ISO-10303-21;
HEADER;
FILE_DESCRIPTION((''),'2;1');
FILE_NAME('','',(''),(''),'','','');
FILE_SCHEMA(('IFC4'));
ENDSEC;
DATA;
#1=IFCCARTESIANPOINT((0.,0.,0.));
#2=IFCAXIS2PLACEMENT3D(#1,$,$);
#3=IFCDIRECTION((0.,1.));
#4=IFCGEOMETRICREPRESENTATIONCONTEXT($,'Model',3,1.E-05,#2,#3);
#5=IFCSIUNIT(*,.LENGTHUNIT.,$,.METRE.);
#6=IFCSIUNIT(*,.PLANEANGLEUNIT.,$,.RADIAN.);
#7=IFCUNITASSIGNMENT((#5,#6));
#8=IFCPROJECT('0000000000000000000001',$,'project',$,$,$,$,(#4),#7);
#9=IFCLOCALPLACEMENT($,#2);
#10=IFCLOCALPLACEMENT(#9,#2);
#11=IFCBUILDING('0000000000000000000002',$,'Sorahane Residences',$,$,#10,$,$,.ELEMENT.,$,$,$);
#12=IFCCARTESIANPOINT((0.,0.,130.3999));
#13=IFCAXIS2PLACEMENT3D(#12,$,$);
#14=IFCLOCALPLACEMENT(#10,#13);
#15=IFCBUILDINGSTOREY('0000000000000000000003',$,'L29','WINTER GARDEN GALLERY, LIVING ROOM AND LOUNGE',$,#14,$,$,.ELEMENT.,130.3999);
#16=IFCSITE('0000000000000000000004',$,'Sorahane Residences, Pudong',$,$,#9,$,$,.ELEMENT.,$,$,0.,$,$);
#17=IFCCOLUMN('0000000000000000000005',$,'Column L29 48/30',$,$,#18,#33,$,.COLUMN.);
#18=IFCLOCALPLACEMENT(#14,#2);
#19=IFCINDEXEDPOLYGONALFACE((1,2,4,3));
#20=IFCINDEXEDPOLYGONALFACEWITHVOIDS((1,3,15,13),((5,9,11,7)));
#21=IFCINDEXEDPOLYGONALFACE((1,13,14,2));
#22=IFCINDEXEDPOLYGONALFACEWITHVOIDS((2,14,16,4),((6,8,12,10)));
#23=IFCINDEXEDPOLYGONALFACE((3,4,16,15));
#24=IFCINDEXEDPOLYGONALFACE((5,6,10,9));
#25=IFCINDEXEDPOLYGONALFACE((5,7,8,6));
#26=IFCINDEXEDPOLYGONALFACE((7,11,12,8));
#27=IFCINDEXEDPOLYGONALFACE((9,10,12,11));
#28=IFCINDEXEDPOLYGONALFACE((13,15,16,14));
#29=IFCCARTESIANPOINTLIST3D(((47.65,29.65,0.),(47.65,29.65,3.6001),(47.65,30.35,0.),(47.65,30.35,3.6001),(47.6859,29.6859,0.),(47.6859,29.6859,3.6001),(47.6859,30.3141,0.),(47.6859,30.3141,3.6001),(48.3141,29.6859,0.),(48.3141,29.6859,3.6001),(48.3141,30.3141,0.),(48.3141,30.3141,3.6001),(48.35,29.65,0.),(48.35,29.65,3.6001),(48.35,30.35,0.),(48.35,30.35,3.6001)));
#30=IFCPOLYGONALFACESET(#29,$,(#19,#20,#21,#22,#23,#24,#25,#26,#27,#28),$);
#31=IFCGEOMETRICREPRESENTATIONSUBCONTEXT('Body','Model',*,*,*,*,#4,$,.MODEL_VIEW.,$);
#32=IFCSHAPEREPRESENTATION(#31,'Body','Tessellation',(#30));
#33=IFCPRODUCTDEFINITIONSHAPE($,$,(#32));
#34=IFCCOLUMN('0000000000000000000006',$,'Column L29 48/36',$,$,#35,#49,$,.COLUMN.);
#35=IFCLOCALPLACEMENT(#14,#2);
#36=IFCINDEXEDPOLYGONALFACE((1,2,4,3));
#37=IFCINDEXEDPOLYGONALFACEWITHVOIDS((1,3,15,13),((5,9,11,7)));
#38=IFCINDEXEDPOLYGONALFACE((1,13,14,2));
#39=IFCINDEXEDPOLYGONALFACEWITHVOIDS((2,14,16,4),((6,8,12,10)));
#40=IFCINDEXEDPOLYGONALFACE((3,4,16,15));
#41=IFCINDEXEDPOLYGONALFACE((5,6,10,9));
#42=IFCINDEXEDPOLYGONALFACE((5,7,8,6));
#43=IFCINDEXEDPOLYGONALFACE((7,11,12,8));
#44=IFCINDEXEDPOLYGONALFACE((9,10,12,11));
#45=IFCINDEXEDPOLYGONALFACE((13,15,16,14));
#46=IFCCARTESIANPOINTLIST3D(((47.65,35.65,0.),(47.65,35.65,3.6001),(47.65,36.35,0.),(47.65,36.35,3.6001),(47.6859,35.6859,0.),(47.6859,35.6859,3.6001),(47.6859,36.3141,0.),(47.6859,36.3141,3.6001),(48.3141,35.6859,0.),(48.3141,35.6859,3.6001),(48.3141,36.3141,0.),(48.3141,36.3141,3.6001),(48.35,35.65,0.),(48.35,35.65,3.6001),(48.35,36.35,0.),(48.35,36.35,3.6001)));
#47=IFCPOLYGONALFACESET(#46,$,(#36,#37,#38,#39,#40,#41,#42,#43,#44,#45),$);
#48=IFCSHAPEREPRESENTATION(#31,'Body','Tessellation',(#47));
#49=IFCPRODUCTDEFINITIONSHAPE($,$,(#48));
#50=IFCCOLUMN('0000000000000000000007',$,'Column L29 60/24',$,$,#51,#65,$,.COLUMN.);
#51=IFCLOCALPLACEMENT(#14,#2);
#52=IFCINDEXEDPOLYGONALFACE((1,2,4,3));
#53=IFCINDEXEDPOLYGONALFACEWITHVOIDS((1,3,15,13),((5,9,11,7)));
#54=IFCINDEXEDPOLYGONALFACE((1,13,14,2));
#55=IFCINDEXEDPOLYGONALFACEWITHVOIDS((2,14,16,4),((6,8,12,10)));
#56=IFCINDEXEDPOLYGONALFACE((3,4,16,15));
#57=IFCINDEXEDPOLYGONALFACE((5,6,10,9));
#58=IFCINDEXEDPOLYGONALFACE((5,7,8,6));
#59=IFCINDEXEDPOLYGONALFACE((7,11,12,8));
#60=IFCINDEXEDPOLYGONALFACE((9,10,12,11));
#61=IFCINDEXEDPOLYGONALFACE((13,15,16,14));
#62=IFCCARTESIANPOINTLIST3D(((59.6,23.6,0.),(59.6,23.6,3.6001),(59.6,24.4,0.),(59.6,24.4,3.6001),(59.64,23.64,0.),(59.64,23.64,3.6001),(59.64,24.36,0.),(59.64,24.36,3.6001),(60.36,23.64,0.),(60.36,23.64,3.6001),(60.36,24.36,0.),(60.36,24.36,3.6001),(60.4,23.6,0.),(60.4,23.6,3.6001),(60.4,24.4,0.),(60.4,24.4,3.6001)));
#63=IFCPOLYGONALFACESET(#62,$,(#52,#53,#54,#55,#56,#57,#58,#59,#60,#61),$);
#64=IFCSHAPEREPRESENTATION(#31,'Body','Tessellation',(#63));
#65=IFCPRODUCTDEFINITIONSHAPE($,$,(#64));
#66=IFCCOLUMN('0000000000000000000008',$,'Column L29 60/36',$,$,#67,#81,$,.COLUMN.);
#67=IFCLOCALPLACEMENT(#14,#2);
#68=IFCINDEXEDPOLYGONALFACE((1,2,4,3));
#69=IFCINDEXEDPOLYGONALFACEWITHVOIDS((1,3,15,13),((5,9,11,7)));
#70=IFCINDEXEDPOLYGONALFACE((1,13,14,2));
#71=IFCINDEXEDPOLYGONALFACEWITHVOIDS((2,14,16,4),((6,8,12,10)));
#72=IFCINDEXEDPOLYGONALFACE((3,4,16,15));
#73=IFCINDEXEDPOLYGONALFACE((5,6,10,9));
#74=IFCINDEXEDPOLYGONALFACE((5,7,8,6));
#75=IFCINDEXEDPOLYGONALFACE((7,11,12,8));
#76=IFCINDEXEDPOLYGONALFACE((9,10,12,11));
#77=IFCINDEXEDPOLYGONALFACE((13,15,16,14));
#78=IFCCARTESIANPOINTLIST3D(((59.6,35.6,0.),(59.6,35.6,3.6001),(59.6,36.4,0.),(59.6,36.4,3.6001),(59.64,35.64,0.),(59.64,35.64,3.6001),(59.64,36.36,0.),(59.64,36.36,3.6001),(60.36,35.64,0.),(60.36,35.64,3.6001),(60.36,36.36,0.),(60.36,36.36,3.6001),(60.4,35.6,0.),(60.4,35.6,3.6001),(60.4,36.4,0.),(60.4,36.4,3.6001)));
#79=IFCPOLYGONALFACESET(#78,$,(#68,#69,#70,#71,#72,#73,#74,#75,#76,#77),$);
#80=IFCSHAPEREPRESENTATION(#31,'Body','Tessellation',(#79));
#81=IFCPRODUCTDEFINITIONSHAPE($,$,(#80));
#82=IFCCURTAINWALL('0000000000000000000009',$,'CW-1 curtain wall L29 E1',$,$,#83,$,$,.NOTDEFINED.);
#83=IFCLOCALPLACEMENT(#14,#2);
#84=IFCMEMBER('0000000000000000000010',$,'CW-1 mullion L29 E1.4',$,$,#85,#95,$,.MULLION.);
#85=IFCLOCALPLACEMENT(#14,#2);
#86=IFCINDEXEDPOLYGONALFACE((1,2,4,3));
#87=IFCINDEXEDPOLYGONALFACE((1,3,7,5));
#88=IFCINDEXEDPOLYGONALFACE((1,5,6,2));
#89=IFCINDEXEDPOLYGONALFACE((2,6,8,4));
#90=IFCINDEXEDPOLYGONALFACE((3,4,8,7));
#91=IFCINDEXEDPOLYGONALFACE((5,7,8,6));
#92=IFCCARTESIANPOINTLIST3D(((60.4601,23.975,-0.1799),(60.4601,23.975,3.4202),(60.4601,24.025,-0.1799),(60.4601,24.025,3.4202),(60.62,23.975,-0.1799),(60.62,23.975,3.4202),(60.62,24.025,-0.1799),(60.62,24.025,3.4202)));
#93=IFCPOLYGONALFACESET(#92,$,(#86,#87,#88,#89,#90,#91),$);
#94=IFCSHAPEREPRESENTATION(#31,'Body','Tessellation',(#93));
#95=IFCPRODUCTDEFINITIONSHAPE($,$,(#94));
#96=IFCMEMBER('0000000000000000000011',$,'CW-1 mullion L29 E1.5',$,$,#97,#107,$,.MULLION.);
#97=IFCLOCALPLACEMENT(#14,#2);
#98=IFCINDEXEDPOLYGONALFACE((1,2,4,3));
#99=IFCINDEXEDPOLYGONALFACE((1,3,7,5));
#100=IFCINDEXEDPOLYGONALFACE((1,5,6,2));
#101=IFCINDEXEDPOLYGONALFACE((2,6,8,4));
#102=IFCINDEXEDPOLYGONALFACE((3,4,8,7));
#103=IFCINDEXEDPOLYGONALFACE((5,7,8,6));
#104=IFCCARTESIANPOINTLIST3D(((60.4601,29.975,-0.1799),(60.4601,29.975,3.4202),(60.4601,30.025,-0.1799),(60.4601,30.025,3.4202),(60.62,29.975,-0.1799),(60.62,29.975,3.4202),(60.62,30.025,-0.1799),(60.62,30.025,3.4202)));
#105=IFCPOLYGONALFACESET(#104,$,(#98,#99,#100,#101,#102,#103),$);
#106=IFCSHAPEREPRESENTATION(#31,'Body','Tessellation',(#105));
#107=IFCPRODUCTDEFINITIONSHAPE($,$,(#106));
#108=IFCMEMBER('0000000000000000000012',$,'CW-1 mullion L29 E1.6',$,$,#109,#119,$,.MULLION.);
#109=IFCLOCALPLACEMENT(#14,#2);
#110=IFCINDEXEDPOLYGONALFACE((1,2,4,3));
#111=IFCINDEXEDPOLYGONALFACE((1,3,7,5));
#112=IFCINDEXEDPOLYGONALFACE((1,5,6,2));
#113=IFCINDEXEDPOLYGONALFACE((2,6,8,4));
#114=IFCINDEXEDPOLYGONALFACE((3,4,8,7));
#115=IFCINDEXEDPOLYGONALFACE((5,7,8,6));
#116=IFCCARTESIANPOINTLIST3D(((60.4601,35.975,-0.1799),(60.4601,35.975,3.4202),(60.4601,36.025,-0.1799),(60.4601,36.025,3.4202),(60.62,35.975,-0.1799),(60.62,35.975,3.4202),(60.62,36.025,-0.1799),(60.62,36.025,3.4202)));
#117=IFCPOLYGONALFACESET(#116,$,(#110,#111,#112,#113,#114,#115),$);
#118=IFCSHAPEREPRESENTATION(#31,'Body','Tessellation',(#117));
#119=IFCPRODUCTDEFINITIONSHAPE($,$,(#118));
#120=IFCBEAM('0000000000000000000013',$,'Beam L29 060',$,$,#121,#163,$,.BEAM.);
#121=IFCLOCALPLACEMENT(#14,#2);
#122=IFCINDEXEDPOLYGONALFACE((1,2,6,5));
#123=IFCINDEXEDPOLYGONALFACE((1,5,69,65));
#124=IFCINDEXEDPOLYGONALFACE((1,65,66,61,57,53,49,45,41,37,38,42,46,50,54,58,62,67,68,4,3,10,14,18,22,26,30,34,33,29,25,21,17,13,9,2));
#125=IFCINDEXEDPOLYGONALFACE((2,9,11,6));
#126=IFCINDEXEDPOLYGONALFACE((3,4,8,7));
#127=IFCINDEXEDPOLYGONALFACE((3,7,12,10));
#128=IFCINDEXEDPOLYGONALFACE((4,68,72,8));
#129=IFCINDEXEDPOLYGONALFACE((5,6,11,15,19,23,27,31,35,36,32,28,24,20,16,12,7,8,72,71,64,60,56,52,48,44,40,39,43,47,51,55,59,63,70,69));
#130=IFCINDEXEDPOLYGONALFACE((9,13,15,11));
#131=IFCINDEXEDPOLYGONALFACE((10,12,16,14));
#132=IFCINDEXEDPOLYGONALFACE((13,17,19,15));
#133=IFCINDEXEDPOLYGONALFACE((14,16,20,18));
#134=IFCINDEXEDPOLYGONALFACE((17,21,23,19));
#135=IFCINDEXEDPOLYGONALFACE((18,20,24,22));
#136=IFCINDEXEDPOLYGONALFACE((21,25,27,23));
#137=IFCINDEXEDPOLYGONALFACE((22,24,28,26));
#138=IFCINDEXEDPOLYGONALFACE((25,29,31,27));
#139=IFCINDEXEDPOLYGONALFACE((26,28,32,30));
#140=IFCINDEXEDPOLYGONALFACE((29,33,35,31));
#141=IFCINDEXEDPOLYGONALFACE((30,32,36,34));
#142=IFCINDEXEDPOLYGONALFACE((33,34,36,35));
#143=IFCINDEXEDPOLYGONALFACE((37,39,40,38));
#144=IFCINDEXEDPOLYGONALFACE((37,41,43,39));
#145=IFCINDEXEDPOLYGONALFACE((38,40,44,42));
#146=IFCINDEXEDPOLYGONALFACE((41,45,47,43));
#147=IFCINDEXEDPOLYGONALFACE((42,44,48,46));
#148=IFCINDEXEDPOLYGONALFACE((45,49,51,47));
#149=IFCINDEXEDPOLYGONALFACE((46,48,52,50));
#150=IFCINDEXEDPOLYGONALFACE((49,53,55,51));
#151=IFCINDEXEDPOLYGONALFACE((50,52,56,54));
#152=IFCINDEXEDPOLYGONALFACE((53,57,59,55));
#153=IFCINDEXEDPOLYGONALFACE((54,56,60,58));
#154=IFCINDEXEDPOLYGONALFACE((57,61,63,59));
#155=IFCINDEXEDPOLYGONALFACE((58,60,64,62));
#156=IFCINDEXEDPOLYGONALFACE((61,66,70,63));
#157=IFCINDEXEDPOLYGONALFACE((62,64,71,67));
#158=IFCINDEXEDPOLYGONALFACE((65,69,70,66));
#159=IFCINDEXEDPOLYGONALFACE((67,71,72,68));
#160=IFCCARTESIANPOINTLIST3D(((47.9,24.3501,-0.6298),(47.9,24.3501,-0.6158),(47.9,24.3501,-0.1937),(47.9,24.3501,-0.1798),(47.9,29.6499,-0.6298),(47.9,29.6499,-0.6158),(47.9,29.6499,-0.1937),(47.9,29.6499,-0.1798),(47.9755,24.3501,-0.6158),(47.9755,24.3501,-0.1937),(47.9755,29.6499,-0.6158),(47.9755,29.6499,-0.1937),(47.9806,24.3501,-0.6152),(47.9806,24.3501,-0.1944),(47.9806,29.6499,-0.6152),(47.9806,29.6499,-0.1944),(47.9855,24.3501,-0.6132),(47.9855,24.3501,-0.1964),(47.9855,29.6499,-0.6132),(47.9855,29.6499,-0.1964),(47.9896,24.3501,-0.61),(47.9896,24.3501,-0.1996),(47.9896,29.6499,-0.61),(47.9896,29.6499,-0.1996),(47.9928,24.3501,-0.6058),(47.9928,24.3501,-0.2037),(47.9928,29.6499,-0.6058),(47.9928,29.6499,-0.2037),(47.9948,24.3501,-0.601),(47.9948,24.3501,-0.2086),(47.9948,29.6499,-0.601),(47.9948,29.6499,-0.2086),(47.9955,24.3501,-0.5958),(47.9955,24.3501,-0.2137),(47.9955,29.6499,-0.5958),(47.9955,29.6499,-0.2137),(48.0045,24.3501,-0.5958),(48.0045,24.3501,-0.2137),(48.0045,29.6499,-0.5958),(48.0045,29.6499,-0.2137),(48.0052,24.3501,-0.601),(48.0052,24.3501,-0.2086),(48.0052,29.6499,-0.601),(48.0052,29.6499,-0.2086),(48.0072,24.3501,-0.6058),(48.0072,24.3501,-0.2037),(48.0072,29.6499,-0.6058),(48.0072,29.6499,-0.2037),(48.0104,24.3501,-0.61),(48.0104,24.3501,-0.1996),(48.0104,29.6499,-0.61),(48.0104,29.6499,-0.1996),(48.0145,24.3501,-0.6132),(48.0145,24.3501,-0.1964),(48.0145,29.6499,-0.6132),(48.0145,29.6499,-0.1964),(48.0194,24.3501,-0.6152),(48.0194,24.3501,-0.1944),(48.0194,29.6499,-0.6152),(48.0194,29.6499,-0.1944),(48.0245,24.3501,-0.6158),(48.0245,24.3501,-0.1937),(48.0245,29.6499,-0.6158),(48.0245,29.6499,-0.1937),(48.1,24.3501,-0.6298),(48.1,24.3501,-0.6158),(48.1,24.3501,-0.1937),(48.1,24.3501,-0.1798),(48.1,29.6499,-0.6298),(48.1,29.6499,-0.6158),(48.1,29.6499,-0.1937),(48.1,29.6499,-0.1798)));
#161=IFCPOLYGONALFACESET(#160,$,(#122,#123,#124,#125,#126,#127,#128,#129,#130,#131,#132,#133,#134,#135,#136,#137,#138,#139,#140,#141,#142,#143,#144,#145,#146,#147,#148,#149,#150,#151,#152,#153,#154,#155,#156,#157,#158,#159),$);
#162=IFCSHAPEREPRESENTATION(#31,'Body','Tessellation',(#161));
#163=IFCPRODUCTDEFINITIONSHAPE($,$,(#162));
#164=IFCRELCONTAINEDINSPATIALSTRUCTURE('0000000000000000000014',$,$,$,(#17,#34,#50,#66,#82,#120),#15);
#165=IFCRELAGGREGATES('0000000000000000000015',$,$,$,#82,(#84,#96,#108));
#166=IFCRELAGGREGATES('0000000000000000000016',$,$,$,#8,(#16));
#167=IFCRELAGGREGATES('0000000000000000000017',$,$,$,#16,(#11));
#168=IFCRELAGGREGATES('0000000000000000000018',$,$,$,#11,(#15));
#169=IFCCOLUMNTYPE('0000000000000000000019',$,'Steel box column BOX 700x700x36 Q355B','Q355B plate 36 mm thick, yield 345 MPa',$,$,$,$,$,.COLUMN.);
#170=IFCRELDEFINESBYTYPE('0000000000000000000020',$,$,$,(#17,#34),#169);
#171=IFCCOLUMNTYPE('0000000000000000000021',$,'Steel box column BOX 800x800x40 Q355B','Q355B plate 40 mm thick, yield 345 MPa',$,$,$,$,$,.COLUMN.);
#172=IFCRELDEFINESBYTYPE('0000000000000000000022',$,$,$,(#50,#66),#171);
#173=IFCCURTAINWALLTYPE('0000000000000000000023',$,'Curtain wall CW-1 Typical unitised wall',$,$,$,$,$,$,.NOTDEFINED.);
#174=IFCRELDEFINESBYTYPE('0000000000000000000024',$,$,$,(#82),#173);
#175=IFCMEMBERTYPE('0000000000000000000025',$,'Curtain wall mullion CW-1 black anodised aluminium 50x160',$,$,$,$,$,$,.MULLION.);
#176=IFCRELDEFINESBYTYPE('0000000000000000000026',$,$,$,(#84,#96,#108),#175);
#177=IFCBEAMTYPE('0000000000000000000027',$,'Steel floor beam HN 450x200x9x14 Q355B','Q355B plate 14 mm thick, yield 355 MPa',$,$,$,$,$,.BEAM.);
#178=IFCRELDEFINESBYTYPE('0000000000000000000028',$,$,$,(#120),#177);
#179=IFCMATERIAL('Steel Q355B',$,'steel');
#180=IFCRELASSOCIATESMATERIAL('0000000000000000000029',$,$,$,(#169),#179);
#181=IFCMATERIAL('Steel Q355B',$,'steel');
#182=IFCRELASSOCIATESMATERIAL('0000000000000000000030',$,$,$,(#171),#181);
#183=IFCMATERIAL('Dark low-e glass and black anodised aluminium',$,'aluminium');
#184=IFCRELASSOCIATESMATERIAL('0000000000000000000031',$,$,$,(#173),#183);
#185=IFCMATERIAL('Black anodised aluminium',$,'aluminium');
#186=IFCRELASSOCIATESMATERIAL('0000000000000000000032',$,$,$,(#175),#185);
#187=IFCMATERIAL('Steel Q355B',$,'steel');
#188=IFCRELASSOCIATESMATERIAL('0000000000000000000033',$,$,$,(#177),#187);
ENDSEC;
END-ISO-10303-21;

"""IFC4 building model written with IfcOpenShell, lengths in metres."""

from ifc_helpers import new_model, si_unit, direction, frame, origin, origin_2d, place, context, subcontext, project, spatial, rectangle, hollow_rectangle, i_section, extrude, material, material_profile, profile_set, type_object, element, aggregate, save


model = new_model("IFC4")

# Units and contexts
model_context = context("Model", 3, precision=1e-05, world=origin(), true_north=direction((0.0, 1.0)))
body_context = subcontext(model_context, "Body", "Model", "MODEL_VIEW")
ifc_project = project(units=[si_unit("LENGTHUNIT", "METRE"), si_unit("PLANEANGLEUNIT", "RADIAN")], contexts=[model_context])

# Site, building, storey
site_placement = place(None, origin())
site = spatial("IfcSite", under=ifc_project, at=site_placement, Name="Sorahane Residences, Pudong", CompositionType="ELEMENT", RefElevation=0.0)
building_placement = place(site_placement, origin())
building = spatial("IfcBuilding", under=site, at=building_placement, Name="Sorahane Residences", CompositionType="ELEMENT")
storey_placement = place(building_placement, frame((0.0, 0.0, 130.3999)))
storey = spatial("IfcBuildingStorey", under=building, at=storey_placement, Name="L29", Description="WINTER GARDEN GALLERY, LIVING ROOM AND LOUNGE", CompositionType="ELEMENT", Elevation=130.3999)

# Columns
ifc_material_1 = material(Name="Steel Q355B", Category="steel")
ifc_material_profile_1 = material_profile(ifc_material_1, hollow_rectangle(XDim=0.7, YDim=0.7, WallThickness=0.0359, at=origin_2d()), Name="BOX 700x700x36")
ifc_profile_set_1 = profile_set([ifc_material_profile_1], Name="Steel Q355B")
column_type_1 = type_object("IfcColumnType", Name="Steel box column BOX 700x700x36 Q355B", Description="Q355B plate 36 mm thick, yield 345 MPa", PredefinedType="COLUMN", material=ifc_profile_set_1)
for number, where, z_axis, x_axis, name in (
    (1, (48.0, 30.0, 0.0), (0.0, 0.0, 1.0), (1.0, 0.0, 0.0), "Column L29 48/30"),
    (2, (48.0, 36.0, 0.0), (0.0, 0.0, 1.0), (1.0, 0.0, 0.0), "Column L29 48/36"),
):
    element("IfcColumn", number, at=place(storey_placement, frame(where, z_axis=z_axis, x_axis=x_axis)), inside=storey, type_object=column_type_1, Name=name, PredefinedType="COLUMN", context=body_context, shape_type="SweptSolid", body=[
        extrude(hollow_rectangle(XDim=0.7, YDim=0.7, WallThickness=0.0359, at=origin_2d()), origin(), (0.0, 0.0, 1.0), 3.6001),
    ])
ifc_material_2 = material(Name="Steel Q355B", Category="steel")
ifc_material_profile_2 = material_profile(ifc_material_2, hollow_rectangle(XDim=0.8, YDim=0.8, WallThickness=0.04, at=origin_2d()), Name="BOX 800x800x40")
ifc_profile_set_2 = profile_set([ifc_material_profile_2], Name="Steel Q355B")
column_type_2 = type_object("IfcColumnType", Name="Steel box column BOX 800x800x40 Q355B", Description="Q355B plate 40 mm thick, yield 345 MPa", PredefinedType="COLUMN", material=ifc_profile_set_2)
for number, where, z_axis, x_axis, name in (
    (3, (60.0, 24.0, 0.0), (0.0, 0.0, 1.0), (1.0, 0.0, 0.0), "Column L29 60/24"),
    (4, (60.0, 36.0, 0.0), (0.0, 0.0, 1.0), (1.0, 0.0, 0.0), "Column L29 60/36"),
):
    element("IfcColumn", number, at=place(storey_placement, frame(where, z_axis=z_axis, x_axis=x_axis)), inside=storey, type_object=column_type_2, Name=name, PredefinedType="COLUMN", context=body_context, shape_type="SweptSolid", body=[
        extrude(hollow_rectangle(XDim=0.8, YDim=0.8, WallThickness=0.04, at=origin_2d()), origin(), (0.0, 0.0, 1.0), 3.6001),
    ])

# Curtain wall, members
ifc_material_3 = material(Name="Dark low-e glass and black anodised aluminium", Category="aluminium")
curtain_wall_type = type_object("IfcCurtainWallType", Name="Curtain wall CW-1 Typical unitised wall", PredefinedType="NOTDEFINED", material=ifc_material_3)
curtain_wall_placement = place(storey_placement, origin())
curtain_wall = element("IfcCurtainWall", 5, at=curtain_wall_placement, inside=storey, type_object=curtain_wall_type, Name="CW-1 curtain wall L29 E1", PredefinedType="NOTDEFINED")
ifc_material_4 = material(Name="Black anodised aluminium", Category="aluminium")
ifc_material_profile_3 = material_profile(ifc_material_4, rectangle(XDim=0.1599, YDim=0.05, at=origin_2d()), Name="Curtain wall mullion CW-1 black anodised aluminium 50x160")
ifc_profile_set_3 = profile_set([ifc_material_profile_3], Name="Black anodised aluminium")
member_type = type_object("IfcMemberType", Name="Curtain wall mullion CW-1 black anodised aluminium 50x160", PredefinedType="MULLION", material=ifc_profile_set_3)
member_1_placement = place(storey_placement, frame((60.54, 24.0, -0.1799), z_axis=(0.0, 0.0, 1.0), x_axis=(1.0, 0.0, 0.0)))
member_1 = element("IfcMember", 6, at=member_1_placement, type_object=member_type, Name="CW-1 mullion L29 E1.4", PredefinedType="MULLION", context=body_context, shape_type="SweptSolid", body=[
    extrude(rectangle(XDim=0.1599, YDim=0.05, at=origin_2d()), origin(), (0.0, 0.0, 1.0), 3.6001),
])
member_2_placement = place(storey_placement, frame((60.54, 30.0, -0.1799), z_axis=(0.0, 0.0, 1.0), x_axis=(1.0, 0.0, 0.0)))
member_2 = element("IfcMember", 7, at=member_2_placement, type_object=member_type, Name="CW-1 mullion L29 E1.5", PredefinedType="MULLION", context=body_context, shape_type="SweptSolid", body=[
    extrude(rectangle(XDim=0.1599, YDim=0.05, at=origin_2d()), origin(), (0.0, 0.0, 1.0), 3.6001),
])
member_3_placement = place(storey_placement, frame((60.54, 36.0, -0.1799), z_axis=(0.0, 0.0, 1.0), x_axis=(1.0, 0.0, 0.0)))
member_3 = element("IfcMember", 8, at=member_3_placement, type_object=member_type, Name="CW-1 mullion L29 E1.6", PredefinedType="MULLION", context=body_context, shape_type="SweptSolid", body=[
    extrude(rectangle(XDim=0.1599, YDim=0.05, at=origin_2d()), origin(), (0.0, 0.0, 1.0), 3.6001),
])

# Beam
ifc_material_5 = material(Name="Steel Q355B", Category="steel")
ifc_material_profile_4 = material_profile(ifc_material_5, i_section(OverallWidth=0.2, OverallDepth=0.45, WebThickness=0.009, FlangeThickness=0.0139, FilletRadius=0.02, at=origin_2d()), Name="HN 450x200x9x14")
ifc_profile_set_4 = profile_set([ifc_material_profile_4], Name="Steel Q355B")
beam_type_1 = type_object("IfcBeamType", Name="Steel floor beam HN 450x200x9x14 Q355B", Description="Q355B plate 14 mm thick, yield 355 MPa", PredefinedType="BEAM", material=ifc_profile_set_4)
for number, where, z_axis, x_axis, name in (
    (9, (48.0, 24.3501, -0.4048), (0.0, 1.0, 0.0), (-1.0, 0.0, 0.0), "Beam L29 060"),
):
    element("IfcBeam", number, at=place(storey_placement, frame(where, z_axis=z_axis, x_axis=x_axis)), inside=storey, type_object=beam_type_1, Name=name, PredefinedType="BEAM", context=body_context, shape_type="SweptSolid", body=[
        extrude(i_section(OverallWidth=0.2, OverallDepth=0.45, WebThickness=0.009, FlangeThickness=0.0139, FilletRadius=0.02, at=origin_2d()), origin(), (0.0, 0.0, 1.0), 5.2998),
    ])

aggregate(curtain_wall, [member_1, member_2, member_3])

save(model, "model.ifc")
